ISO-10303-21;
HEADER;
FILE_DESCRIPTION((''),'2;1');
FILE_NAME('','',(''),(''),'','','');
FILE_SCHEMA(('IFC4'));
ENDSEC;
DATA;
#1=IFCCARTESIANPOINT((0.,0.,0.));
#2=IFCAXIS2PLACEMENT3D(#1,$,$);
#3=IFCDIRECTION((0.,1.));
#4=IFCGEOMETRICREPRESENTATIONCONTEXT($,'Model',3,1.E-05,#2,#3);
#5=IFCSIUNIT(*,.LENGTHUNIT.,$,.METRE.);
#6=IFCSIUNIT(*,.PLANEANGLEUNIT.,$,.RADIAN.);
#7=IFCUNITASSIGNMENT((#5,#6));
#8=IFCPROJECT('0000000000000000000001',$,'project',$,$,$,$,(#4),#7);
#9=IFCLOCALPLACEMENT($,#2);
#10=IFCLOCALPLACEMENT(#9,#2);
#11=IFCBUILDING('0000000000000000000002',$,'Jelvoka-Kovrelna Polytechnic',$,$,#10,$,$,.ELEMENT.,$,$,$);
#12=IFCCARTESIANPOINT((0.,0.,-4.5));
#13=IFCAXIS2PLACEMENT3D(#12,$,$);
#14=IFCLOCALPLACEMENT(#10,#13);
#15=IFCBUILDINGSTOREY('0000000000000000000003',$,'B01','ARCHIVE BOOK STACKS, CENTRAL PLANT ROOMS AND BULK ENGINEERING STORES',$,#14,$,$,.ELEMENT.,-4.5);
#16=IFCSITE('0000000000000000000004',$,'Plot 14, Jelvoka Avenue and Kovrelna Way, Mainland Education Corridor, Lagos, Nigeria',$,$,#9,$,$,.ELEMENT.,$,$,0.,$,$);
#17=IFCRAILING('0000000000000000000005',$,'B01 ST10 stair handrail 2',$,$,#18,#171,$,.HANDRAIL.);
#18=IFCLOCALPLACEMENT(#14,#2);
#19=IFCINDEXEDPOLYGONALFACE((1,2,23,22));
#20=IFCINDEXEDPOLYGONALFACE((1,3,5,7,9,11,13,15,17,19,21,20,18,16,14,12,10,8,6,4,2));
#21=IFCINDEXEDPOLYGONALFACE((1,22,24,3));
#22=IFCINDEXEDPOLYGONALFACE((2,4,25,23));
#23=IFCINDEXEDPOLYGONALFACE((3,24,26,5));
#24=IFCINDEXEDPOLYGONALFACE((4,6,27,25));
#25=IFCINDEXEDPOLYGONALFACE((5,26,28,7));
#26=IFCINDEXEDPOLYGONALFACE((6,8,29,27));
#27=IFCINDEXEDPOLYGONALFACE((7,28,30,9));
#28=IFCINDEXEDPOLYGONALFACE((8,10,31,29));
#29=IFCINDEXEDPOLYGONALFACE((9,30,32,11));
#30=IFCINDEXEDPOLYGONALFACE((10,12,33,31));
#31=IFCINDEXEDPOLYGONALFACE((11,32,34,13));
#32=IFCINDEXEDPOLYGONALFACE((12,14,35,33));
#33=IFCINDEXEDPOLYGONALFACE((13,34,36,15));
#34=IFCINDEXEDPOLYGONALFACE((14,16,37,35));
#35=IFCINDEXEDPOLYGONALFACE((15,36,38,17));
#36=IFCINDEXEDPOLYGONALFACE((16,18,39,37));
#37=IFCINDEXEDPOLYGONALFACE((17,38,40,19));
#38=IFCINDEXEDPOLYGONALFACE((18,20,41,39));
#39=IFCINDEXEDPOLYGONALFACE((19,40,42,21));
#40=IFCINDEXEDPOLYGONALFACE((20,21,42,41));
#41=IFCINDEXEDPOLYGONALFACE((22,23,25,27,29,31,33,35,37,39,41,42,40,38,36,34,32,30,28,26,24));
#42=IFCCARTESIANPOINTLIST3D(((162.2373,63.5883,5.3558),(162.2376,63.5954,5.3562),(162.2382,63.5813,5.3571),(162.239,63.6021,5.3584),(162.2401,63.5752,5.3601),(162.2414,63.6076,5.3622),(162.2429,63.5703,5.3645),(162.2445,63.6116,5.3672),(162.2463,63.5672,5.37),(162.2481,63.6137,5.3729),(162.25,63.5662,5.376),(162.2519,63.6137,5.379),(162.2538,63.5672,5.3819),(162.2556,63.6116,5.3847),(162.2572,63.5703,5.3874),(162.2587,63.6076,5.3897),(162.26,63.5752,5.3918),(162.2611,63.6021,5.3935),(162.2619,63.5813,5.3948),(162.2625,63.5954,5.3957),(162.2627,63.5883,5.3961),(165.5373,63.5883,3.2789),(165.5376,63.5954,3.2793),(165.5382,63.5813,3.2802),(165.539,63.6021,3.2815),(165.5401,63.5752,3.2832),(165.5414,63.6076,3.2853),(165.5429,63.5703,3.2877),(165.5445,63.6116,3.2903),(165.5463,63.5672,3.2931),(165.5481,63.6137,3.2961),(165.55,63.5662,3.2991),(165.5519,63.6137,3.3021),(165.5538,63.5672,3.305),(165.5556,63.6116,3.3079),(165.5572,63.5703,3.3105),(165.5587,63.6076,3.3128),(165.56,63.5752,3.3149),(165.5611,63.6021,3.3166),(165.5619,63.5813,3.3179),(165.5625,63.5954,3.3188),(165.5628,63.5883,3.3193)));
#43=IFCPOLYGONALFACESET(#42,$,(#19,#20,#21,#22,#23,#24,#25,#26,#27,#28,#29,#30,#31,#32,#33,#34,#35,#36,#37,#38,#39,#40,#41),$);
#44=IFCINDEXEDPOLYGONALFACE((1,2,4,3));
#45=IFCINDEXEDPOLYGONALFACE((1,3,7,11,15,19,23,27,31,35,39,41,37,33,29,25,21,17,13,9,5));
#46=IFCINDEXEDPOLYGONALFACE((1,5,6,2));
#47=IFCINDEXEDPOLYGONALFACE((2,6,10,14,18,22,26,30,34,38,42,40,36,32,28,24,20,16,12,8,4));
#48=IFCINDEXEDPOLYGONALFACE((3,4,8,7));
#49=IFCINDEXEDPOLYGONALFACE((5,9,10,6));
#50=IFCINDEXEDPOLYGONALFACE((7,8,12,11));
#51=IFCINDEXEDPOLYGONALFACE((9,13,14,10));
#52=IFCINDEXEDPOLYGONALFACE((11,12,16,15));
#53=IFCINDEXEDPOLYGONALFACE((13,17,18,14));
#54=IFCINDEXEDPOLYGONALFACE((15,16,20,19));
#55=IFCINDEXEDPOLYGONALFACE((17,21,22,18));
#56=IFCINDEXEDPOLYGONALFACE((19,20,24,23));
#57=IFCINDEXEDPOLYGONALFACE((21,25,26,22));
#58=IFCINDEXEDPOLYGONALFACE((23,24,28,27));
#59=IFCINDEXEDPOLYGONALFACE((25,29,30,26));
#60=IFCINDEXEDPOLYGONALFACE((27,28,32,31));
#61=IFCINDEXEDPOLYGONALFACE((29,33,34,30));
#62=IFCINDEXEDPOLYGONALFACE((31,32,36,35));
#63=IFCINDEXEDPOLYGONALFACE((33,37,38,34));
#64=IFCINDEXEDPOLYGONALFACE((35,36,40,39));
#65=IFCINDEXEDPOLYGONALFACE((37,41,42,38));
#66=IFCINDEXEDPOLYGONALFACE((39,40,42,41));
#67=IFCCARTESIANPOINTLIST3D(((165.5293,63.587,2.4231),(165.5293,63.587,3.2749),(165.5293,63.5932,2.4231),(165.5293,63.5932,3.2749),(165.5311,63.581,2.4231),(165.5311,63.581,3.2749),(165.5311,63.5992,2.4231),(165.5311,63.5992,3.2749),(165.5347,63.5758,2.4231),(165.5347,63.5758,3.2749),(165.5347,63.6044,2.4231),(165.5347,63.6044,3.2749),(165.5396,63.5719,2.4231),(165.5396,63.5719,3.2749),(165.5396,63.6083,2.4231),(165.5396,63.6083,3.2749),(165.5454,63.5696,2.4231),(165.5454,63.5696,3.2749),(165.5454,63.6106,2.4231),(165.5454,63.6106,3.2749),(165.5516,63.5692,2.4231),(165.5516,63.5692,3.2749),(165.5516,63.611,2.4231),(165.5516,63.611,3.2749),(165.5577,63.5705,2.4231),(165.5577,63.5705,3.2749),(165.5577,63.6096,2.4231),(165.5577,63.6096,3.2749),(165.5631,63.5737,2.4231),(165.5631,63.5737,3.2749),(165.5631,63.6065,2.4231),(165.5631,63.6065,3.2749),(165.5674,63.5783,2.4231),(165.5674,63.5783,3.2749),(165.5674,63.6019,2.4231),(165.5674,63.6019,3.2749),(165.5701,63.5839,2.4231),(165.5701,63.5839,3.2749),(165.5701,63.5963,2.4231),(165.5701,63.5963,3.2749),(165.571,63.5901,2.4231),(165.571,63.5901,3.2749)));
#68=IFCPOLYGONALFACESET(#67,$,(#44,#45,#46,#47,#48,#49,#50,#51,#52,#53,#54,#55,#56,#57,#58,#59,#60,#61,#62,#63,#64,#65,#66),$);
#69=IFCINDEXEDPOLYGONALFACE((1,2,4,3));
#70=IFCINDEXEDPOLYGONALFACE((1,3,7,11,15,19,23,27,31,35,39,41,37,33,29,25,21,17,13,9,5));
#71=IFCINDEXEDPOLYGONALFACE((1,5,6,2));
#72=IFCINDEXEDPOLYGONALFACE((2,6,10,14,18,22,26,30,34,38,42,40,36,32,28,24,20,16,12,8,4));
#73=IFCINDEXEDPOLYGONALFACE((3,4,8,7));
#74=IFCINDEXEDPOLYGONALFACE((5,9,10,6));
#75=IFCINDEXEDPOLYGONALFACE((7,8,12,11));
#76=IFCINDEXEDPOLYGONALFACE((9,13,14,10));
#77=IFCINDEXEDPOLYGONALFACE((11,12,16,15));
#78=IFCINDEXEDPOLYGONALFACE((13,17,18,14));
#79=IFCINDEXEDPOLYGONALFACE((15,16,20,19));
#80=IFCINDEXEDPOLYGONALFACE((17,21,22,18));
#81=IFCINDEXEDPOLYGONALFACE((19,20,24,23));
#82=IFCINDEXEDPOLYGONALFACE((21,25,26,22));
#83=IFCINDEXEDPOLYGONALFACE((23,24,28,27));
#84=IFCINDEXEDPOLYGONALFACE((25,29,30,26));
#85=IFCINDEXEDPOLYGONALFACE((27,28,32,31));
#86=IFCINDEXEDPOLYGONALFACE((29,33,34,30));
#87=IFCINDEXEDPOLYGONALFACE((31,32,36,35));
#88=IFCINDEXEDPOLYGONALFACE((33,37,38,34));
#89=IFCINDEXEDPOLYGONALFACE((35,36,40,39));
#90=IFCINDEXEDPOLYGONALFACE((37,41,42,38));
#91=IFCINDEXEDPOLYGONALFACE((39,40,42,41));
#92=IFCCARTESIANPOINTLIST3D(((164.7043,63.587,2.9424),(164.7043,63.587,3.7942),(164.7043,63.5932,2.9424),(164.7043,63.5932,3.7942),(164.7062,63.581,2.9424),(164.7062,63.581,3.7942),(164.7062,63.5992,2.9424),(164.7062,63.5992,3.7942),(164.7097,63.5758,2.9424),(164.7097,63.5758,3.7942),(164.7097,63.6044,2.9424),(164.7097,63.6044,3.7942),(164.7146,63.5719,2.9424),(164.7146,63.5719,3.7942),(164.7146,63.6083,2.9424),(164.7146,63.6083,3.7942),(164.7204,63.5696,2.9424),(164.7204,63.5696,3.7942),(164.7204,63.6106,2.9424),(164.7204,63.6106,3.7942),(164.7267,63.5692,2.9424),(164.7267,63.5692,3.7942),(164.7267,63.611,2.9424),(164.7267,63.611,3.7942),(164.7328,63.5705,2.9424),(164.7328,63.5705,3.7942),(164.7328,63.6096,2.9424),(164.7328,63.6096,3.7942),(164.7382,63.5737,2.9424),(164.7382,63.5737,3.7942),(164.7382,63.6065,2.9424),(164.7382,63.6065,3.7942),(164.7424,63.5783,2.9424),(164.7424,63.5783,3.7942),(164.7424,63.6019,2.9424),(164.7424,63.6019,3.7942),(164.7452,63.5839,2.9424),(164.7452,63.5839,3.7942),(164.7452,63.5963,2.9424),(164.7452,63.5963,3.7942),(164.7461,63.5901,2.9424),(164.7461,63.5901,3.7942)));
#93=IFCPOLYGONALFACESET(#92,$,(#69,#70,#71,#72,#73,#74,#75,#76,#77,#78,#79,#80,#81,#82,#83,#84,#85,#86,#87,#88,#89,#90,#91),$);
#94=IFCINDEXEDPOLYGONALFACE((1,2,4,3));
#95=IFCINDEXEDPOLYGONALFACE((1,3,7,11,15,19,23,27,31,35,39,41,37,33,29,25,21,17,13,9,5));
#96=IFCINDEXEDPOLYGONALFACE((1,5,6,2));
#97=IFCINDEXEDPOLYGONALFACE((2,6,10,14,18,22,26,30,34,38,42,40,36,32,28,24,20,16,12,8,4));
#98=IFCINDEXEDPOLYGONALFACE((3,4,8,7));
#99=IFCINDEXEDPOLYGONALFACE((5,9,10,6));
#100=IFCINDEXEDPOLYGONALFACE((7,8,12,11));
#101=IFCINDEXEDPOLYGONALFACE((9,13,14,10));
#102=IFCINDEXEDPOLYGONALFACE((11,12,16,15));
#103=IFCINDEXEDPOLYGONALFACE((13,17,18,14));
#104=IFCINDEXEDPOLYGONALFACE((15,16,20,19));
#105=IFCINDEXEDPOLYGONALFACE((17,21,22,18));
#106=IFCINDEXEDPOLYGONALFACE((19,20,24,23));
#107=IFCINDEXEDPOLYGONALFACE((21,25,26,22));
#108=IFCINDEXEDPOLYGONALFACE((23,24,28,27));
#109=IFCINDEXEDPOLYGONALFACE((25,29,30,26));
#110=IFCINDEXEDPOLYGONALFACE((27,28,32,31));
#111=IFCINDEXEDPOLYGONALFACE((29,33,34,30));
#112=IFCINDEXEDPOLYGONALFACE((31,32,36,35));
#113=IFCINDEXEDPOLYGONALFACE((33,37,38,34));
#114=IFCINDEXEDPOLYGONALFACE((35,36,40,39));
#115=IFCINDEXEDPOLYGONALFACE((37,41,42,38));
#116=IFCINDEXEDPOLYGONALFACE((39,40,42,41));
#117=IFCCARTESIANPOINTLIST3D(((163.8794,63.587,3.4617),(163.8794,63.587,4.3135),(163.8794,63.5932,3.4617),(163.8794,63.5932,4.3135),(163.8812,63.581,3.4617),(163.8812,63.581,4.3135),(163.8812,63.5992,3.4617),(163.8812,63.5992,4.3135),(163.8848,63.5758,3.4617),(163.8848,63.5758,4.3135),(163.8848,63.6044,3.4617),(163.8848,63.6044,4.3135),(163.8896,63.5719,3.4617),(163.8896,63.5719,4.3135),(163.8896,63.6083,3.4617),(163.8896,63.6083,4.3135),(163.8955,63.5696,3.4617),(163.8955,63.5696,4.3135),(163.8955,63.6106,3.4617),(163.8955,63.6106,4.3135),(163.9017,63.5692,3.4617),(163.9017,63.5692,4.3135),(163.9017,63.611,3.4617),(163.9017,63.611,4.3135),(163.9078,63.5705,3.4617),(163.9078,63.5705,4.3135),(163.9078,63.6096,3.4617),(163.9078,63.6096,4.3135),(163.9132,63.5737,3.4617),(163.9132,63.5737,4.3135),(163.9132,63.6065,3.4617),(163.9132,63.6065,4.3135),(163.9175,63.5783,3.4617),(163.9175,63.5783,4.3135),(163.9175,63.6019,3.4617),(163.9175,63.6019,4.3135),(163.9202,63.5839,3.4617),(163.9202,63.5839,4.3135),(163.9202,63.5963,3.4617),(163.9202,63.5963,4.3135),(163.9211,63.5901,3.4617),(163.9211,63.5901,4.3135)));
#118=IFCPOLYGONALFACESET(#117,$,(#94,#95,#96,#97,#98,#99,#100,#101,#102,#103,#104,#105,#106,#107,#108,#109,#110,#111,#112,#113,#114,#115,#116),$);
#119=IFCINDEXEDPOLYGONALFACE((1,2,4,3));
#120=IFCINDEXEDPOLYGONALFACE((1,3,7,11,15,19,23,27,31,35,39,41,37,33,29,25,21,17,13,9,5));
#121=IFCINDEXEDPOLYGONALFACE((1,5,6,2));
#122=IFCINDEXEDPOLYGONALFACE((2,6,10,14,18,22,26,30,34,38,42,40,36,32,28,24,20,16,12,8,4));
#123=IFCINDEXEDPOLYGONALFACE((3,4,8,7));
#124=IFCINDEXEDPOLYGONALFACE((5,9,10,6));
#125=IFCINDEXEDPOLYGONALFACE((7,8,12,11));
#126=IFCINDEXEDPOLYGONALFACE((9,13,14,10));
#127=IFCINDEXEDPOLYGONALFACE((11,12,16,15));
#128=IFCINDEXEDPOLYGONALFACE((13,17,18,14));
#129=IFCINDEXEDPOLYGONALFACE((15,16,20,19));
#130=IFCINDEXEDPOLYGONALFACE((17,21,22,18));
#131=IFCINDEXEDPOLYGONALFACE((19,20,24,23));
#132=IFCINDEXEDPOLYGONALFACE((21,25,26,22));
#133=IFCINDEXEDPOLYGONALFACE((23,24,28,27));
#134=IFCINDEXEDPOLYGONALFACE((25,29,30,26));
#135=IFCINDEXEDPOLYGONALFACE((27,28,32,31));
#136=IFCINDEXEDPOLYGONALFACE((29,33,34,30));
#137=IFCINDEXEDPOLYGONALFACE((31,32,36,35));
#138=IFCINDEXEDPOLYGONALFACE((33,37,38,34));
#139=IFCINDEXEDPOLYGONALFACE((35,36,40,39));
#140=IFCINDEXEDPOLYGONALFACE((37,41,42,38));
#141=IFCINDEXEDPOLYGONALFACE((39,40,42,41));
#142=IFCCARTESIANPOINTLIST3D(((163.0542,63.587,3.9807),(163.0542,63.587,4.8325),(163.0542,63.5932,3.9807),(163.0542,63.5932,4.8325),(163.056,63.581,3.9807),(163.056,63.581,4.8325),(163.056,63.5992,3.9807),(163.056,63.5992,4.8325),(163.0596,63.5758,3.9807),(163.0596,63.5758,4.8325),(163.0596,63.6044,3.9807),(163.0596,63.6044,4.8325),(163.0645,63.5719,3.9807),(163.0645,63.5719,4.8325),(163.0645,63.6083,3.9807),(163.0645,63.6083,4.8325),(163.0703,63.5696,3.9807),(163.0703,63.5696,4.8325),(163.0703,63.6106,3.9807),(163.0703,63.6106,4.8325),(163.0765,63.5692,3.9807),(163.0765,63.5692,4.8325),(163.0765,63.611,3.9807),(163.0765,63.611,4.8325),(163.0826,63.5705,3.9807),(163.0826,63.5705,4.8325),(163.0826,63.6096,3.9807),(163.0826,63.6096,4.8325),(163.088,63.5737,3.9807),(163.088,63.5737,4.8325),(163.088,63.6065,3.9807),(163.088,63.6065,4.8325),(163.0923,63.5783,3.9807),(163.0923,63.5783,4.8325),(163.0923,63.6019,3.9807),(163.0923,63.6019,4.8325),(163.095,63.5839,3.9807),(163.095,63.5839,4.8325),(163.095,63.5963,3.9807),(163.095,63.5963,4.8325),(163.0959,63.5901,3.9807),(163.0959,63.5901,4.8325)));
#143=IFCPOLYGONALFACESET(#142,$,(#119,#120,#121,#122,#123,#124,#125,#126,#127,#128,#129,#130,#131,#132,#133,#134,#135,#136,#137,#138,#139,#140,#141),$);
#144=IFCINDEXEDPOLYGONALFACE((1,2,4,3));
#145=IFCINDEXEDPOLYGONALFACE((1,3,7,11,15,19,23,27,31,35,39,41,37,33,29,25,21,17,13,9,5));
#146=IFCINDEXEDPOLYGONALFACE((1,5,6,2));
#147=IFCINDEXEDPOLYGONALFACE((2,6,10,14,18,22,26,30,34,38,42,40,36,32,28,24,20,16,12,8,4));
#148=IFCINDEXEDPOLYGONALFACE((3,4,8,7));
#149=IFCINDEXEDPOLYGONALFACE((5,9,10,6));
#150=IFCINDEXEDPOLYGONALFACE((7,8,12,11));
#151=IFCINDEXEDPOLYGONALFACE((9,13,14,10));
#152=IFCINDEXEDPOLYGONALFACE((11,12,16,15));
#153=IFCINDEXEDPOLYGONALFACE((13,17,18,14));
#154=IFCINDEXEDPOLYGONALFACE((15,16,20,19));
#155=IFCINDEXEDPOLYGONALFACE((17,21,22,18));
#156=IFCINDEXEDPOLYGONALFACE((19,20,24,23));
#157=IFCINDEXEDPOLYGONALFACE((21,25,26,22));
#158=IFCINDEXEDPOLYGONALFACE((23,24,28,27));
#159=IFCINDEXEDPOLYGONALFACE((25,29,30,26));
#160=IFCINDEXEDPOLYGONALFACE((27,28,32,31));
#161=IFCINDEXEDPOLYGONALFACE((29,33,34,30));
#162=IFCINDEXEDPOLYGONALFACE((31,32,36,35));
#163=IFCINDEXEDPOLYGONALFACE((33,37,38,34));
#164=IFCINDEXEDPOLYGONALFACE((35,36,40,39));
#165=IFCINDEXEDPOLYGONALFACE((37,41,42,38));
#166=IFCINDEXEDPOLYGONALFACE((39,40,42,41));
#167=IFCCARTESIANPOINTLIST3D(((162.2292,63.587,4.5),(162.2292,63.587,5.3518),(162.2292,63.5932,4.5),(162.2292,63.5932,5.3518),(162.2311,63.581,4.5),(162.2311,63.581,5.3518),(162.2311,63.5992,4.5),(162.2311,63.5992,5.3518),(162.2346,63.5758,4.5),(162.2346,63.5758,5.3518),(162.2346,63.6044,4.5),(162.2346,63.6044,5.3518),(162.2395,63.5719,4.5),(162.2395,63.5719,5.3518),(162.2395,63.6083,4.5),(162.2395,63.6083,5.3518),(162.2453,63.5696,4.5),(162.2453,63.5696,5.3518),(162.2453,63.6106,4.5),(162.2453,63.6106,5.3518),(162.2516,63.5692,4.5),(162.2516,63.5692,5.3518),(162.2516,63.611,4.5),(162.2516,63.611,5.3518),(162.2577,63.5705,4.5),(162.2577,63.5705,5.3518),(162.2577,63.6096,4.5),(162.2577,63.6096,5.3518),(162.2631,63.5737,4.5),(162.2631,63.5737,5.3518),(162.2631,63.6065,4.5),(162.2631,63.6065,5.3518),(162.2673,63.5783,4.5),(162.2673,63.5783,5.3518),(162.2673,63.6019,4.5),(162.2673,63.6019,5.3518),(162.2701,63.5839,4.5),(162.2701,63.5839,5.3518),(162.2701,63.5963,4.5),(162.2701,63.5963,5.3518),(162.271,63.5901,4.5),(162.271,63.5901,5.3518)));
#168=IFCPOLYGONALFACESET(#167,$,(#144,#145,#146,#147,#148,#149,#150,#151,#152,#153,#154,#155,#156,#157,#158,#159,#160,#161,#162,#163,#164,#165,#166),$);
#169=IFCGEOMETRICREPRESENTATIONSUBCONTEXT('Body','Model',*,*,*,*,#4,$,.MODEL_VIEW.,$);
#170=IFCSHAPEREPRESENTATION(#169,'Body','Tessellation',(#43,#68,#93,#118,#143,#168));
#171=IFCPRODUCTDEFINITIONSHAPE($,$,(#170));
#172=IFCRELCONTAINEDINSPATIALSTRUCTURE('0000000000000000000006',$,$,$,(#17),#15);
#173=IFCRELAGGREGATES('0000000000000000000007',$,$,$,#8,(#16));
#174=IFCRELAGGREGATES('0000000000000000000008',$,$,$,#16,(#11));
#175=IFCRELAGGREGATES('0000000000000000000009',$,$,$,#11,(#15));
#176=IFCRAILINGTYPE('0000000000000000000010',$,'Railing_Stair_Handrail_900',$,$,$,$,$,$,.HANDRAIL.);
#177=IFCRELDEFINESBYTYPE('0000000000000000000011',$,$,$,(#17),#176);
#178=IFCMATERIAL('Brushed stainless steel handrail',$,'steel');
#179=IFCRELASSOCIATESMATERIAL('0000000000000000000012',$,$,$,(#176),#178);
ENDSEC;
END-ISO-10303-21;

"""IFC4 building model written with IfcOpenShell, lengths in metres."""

from ifc_helpers import new_model, si_unit, direction, frame, origin, origin_2d, place, context, subcontext, project, spatial, circle, extrude, material, type_object, element, save


model = new_model("IFC4")

# Units and contexts
model_context = context("Model", 3, precision=1e-05, world=origin(), true_north=direction((0.0, 1.0)))
body_context = subcontext(model_context, "Body", "Model", "MODEL_VIEW")
ifc_project = project(units=[si_unit("LENGTHUNIT", "METRE"), si_unit("PLANEANGLEUNIT", "RADIAN")], contexts=[model_context])

# Site, building, storey
site_placement = place(None, origin())
site = spatial("IfcSite", under=ifc_project, at=site_placement, Name="Plot 14, Jelvoka Avenue and Kovrelna Way, Mainland Education Corridor, Lagos, Nigeria", CompositionType="ELEMENT", RefElevation=0.0)
building_placement = place(site_placement, origin())
building = spatial("IfcBuilding", under=site, at=building_placement, Name="Jelvoka-Kovrelna Polytechnic", CompositionType="ELEMENT")
storey_placement = place(building_placement, frame((0.0, 0.0, -4.5)))
storey = spatial("IfcBuildingStorey", under=building, at=storey_placement, Name="B01", Description="ARCHIVE BOOK STACKS, CENTRAL PLANT ROOMS AND BULK ENGINEERING STORES", CompositionType="ELEMENT", Elevation=-4.5)

# Railing
ifc_material_1 = material(Name="Brushed stainless steel handrail", Category="steel")
railing_type_1 = type_object("IfcRailingType", Name="Railing_Stair_Handrail_900", PredefinedType="HANDRAIL", material=ifc_material_1)
railing_1_placement = place(storey_placement, frame((165.55, 63.5901, 2.4231)))
element("IfcRailing", 1, at=railing_1_placement, inside=storey, type_object=railing_type_1, Name="B01 ST10 stair handrail 2", PredefinedType="HANDRAIL", context=body_context, shape_type="SweptSolid", body=[
    extrude(circle(Radius=0.0239, at=origin_2d()), frame((0.0, 0.0, 0.876), z_axis=(-0.846337, 0.0, 0.532647), x_axis=(0.0, -1.0, 0.0)), (0.0, 0.0, 1.0), 3.8992),
    extrude(circle(Radius=0.021, at=origin_2d()), origin(), (0.0, 0.0, 1.0), 0.8518),
    extrude(circle(Radius=0.021, at=origin_2d()), frame((-0.825, 0.0, 0.5193)), (0.0, 0.0, 1.0), 0.8518),
    extrude(circle(Radius=0.021, at=origin_2d()), frame((-1.6499, 0.0, 1.0386)), (0.0, 0.0, 1.0), 0.8518),
    extrude(circle(Radius=0.021, at=origin_2d()), frame((-2.4751, 0.0, 1.5576)), (0.0, 0.0, 1.0), 0.8518),
    extrude(circle(Radius=0.021, at=origin_2d()), frame((-3.3, 0.0, 2.0769)), (0.0, 0.0, 1.0), 0.8518),
])

save(model, "model.ifc")
